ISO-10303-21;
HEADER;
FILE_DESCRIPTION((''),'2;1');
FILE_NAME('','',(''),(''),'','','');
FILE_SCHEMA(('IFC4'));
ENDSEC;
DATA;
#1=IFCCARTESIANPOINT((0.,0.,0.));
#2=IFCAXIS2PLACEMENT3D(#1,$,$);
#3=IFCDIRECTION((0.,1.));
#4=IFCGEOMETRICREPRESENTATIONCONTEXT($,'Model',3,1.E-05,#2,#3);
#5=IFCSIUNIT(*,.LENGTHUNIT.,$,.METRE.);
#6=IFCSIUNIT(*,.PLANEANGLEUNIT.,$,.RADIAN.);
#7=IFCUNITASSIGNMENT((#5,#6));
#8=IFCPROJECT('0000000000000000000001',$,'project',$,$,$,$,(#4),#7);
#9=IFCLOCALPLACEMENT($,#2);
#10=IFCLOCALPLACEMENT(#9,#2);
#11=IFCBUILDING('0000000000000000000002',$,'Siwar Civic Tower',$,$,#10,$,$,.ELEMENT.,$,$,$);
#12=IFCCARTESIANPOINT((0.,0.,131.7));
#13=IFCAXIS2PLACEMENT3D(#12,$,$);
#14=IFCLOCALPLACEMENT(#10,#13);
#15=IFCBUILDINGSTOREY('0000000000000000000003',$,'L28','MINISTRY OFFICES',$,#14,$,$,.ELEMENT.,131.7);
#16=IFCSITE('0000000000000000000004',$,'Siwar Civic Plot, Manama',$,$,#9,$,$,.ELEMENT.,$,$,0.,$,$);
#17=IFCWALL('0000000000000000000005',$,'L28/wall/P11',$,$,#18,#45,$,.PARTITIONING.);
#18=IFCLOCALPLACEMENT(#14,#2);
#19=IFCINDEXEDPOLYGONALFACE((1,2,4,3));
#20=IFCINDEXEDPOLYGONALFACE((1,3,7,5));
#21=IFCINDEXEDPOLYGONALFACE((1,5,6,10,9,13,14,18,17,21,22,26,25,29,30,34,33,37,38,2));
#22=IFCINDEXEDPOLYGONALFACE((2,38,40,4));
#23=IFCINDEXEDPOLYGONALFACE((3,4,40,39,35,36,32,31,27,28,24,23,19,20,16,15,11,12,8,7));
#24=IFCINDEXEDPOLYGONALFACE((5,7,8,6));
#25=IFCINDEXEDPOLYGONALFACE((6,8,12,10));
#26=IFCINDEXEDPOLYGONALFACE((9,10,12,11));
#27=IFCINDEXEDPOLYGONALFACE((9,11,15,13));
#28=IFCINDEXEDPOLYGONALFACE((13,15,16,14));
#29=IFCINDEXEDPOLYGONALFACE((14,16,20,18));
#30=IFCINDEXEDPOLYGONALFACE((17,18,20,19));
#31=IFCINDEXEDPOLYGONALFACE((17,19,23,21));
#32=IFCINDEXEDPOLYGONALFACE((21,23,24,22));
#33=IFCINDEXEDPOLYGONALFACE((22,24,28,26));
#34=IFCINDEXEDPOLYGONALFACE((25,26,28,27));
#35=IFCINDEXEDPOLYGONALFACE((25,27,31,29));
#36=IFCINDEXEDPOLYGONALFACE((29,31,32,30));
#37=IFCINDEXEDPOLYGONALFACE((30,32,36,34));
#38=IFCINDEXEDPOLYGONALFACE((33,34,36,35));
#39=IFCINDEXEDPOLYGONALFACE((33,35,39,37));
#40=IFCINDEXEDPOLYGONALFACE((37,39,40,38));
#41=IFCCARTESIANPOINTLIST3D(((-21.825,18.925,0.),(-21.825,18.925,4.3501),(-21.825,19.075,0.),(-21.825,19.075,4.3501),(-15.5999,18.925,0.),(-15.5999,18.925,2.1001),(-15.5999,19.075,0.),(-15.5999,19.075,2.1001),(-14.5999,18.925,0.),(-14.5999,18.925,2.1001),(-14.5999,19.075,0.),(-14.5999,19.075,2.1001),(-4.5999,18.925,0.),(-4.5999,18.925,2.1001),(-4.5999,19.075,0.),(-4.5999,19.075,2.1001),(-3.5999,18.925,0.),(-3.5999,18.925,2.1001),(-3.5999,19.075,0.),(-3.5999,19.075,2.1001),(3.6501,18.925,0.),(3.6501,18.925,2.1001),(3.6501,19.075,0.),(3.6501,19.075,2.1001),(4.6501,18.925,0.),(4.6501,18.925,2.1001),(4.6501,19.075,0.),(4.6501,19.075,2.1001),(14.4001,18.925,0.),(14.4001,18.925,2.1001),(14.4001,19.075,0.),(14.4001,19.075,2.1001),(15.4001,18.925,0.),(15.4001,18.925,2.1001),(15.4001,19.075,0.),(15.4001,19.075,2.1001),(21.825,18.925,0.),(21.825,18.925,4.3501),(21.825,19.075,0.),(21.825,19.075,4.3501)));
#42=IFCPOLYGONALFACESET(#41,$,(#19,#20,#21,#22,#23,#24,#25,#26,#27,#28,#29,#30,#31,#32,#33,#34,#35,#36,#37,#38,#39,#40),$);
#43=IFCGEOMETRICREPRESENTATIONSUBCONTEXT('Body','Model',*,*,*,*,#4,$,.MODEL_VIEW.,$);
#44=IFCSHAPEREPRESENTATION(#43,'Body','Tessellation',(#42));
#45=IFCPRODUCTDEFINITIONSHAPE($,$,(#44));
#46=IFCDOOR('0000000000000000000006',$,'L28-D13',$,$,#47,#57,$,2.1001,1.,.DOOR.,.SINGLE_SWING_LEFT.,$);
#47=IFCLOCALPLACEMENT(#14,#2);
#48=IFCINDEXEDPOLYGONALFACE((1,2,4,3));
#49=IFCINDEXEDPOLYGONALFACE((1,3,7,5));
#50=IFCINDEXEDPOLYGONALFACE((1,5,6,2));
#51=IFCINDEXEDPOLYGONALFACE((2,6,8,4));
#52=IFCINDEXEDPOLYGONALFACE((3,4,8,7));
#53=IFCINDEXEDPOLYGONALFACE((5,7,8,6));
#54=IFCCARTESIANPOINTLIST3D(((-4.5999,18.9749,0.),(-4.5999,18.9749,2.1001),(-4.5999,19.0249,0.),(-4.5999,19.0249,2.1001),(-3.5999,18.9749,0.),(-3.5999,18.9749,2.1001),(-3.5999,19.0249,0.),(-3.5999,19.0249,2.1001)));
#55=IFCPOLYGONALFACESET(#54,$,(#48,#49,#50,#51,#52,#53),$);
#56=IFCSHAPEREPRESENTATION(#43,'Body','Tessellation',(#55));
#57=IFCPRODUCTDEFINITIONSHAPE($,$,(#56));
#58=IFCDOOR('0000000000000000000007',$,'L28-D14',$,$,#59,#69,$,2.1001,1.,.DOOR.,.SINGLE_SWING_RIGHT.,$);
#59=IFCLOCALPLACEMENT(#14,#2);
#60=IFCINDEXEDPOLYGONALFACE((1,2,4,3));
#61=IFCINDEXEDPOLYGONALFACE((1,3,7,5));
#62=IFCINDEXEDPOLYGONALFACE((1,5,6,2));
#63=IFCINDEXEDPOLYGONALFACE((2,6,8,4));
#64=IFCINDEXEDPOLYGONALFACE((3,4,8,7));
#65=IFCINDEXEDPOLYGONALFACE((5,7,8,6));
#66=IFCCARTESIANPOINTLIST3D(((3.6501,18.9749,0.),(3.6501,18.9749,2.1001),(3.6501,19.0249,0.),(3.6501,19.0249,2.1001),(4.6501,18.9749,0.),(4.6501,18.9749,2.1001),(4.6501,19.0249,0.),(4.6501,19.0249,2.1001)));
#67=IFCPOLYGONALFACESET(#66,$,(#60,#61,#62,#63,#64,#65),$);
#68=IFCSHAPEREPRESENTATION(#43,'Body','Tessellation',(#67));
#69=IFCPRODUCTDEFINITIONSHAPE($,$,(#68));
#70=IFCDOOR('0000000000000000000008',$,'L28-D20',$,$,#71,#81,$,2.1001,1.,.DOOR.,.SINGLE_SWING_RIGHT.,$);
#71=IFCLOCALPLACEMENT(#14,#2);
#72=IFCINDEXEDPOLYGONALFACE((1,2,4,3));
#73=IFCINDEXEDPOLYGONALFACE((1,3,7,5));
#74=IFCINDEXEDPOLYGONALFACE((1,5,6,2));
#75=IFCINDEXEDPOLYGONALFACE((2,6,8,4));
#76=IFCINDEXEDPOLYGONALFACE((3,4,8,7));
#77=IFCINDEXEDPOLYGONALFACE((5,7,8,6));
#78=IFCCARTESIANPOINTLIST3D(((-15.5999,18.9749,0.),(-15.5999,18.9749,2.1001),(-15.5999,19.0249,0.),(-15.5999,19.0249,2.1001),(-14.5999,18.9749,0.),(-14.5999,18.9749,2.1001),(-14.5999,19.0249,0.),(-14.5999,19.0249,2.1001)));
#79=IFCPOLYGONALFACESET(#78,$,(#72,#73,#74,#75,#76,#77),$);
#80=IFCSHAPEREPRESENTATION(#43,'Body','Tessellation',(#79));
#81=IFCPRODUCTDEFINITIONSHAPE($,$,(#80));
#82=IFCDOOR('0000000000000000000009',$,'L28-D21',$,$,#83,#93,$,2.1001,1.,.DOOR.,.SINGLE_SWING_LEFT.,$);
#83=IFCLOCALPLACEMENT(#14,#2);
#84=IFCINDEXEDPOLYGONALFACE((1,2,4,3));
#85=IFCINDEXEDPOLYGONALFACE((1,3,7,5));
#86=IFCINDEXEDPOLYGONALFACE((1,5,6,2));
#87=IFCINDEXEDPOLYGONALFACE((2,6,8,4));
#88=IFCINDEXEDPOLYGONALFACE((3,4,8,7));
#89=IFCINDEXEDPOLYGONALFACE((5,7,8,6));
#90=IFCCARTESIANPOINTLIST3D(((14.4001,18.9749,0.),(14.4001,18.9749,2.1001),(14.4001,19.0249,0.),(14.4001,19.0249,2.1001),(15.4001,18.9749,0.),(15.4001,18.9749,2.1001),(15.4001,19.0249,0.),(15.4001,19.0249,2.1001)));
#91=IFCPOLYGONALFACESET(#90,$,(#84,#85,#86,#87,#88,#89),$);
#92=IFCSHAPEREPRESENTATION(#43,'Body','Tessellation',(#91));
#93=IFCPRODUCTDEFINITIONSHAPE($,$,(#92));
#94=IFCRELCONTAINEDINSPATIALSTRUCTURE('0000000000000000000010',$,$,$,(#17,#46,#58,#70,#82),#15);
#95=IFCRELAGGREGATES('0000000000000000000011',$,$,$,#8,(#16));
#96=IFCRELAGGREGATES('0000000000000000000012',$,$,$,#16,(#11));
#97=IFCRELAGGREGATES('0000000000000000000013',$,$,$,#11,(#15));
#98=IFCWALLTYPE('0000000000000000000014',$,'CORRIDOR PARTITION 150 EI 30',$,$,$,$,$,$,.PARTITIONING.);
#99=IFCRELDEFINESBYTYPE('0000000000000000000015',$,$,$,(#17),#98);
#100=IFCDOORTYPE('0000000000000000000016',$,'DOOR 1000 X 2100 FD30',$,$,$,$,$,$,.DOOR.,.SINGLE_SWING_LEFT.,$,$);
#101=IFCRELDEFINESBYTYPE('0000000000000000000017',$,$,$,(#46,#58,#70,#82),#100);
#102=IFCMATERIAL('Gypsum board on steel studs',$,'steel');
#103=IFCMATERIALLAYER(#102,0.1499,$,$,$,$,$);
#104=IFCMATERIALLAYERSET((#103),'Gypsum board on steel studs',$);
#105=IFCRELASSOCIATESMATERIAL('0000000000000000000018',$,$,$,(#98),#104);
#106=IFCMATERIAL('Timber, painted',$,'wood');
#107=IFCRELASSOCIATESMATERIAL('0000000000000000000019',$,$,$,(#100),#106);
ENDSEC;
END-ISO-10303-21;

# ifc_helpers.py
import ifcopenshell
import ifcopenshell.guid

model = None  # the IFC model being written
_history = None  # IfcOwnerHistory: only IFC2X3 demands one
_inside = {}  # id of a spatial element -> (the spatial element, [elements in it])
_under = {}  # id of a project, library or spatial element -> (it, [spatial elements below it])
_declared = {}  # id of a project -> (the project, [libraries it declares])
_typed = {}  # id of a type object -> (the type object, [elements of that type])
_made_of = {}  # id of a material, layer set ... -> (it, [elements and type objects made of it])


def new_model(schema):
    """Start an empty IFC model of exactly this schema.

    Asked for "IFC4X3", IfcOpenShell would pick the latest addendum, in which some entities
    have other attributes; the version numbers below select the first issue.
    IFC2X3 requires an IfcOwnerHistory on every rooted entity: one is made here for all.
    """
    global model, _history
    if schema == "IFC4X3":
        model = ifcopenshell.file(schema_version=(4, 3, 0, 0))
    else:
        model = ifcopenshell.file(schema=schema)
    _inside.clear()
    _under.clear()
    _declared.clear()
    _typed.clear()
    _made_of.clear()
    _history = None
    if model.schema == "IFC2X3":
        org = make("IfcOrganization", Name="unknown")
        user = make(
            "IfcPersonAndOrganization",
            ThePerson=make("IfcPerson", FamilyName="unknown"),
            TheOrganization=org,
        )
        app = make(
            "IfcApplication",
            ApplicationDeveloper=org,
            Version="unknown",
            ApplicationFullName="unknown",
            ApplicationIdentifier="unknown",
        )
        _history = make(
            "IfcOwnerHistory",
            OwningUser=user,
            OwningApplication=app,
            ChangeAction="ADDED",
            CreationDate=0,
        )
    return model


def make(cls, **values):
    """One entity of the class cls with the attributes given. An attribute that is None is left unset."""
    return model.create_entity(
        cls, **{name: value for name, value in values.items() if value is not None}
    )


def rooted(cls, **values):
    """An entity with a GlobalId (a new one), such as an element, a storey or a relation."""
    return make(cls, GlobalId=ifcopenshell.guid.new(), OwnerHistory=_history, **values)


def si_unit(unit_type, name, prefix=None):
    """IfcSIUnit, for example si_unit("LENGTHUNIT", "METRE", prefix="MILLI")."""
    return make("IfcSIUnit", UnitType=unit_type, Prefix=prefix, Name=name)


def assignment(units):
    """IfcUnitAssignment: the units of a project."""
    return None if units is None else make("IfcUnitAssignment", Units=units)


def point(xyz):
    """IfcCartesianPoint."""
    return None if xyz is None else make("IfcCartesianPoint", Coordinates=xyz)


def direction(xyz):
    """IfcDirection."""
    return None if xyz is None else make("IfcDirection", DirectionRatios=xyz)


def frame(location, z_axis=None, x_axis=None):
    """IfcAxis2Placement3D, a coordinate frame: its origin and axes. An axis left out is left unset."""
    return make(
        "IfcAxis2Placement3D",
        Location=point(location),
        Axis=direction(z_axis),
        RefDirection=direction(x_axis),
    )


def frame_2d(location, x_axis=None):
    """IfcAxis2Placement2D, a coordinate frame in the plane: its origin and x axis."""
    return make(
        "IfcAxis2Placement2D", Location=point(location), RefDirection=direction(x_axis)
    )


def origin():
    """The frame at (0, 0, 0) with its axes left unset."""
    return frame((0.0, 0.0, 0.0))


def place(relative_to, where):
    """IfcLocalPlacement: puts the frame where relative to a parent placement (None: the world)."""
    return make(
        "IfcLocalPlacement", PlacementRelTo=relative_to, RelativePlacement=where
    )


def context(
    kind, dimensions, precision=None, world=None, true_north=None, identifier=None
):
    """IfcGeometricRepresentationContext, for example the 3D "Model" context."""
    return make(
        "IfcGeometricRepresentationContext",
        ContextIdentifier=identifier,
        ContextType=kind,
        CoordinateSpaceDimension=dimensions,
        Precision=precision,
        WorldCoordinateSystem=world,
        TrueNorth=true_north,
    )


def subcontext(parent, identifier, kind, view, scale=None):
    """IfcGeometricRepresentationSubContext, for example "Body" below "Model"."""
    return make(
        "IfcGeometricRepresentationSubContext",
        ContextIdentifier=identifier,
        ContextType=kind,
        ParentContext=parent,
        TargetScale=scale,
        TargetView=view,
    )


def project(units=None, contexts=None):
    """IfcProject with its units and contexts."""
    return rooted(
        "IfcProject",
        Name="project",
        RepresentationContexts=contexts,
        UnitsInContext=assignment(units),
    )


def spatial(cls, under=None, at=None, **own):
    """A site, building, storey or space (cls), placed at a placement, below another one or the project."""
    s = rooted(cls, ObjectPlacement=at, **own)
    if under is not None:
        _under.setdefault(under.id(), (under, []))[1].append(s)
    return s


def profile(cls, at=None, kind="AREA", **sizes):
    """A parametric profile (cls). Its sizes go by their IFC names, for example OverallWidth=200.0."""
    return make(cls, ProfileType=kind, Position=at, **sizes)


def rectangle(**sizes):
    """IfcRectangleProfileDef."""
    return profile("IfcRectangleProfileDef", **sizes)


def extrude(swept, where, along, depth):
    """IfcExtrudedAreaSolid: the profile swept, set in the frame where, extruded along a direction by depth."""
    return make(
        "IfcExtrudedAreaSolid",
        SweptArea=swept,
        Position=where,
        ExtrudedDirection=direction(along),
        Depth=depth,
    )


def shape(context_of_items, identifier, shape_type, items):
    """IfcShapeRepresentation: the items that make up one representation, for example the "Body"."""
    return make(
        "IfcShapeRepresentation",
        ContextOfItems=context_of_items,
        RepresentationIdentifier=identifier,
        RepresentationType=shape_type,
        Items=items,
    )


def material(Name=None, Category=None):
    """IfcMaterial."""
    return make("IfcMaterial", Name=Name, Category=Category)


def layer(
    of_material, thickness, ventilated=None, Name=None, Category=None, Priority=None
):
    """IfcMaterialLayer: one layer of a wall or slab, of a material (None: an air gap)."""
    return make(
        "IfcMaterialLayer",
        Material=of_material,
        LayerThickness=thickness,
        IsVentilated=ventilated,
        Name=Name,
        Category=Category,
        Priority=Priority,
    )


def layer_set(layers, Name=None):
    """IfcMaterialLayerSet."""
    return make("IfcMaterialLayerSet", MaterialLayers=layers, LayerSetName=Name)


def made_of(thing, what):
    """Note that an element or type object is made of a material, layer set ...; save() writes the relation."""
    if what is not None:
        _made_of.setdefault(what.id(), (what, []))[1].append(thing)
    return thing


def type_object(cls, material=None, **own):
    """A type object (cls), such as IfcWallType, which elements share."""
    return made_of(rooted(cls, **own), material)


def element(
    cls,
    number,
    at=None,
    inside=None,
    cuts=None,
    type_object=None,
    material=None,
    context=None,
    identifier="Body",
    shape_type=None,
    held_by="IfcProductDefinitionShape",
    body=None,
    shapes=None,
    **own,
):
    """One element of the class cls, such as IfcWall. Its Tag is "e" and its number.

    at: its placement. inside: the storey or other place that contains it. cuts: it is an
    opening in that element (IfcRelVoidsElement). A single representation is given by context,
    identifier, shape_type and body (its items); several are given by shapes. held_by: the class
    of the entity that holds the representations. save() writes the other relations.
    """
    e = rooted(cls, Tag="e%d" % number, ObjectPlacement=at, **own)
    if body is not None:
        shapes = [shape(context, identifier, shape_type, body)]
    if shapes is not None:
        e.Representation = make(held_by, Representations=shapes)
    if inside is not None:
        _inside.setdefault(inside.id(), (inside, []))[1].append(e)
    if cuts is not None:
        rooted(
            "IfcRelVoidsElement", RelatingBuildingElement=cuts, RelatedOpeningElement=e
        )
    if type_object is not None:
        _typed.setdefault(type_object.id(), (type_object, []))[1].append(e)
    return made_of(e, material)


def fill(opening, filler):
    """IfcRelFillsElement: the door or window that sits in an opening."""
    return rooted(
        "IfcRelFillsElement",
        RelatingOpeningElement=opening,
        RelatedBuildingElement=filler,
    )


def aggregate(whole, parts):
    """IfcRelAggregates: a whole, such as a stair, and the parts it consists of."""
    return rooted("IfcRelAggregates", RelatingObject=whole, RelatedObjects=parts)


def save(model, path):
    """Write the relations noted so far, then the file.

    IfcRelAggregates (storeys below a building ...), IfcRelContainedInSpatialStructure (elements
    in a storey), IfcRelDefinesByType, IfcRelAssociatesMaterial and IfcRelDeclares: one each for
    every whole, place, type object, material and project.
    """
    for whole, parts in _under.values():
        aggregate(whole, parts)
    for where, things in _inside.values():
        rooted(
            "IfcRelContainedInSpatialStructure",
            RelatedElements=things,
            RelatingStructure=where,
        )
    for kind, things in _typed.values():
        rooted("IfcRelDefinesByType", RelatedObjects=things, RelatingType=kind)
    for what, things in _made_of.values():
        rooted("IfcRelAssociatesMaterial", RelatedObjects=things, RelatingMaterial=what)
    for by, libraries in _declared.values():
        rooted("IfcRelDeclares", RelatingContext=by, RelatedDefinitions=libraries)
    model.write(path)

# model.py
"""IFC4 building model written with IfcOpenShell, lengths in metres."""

from ifc_helpers import new_model, si_unit, direction, frame, frame_2d, origin, place, context, subcontext, project, spatial, rectangle, extrude, material, layer, layer_set, type_object, element, fill, save


model = new_model("IFC4")

# Units and contexts
model_context = context("Model", 3, precision=1e-05, world=origin(), true_north=direction((0.0, 1.0)))
body_context = subcontext(model_context, "Body", "Model", "MODEL_VIEW")
ifc_project = project(units=[si_unit("LENGTHUNIT", "METRE"), si_unit("PLANEANGLEUNIT", "RADIAN")], contexts=[model_context])

# Site, building, storey
site_placement = place(None, origin())
site = spatial("IfcSite", under=ifc_project, at=site_placement, Name="Siwar Civic Plot, Manama", CompositionType="ELEMENT", RefElevation=0.0)
building_placement = place(site_placement, origin())
building = spatial("IfcBuilding", under=site, at=building_placement, Name="Siwar Civic Tower", CompositionType="ELEMENT")
storey_placement = place(building_placement, frame((0.0, 0.0, 131.7)))
storey = spatial("IfcBuildingStorey", under=building, at=storey_placement, Name="L28", Description="MINISTRY OFFICES", CompositionType="ELEMENT", Elevation=131.7)

# Wall, openings, doors
ifc_material_1 = material(Name="Gypsum board on steel studs", Category="steel")
ifc_layer_1 = layer(ifc_material_1, 0.1499)
ifc_layer_set_1 = layer_set([ifc_layer_1], Name="Gypsum board on steel studs")
wall_type_1 = type_object("IfcWallType", Name="CORRIDOR PARTITION 150 EI 30", PredefinedType="PARTITIONING", material=ifc_layer_set_1)
wall_1_placement = place(storey_placement, frame((-21.825, 19.0, 0.0), z_axis=(0.0, 0.0, 1.0), x_axis=(1.0, 0.0, 0.0)))
wall_1 = element("IfcWall", 1, at=wall_1_placement, inside=storey, type_object=wall_type_1, Name="L28/wall/P11", PredefinedType="PARTITIONING", context=body_context, shape_type="SweptSolid", body=[
    extrude(rectangle(XDim=43.6499, YDim=0.1499, at=frame_2d((21.825, 0.0))), origin(), (0.0, 0.0, 1.0), 4.3501),
])
opening_1_placement = place(wall_1_placement, frame((17.2251, 0.0, 0.0)))
opening_1 = element("IfcOpeningElement", 2, at=opening_1_placement, cuts=wall_1, PredefinedType="OPENING", context=body_context, shape_type="SweptSolid", body=[
    extrude(rectangle(XDim=1.0, YDim=2.1001, at=frame_2d((0.5, 1.05))), frame((0.0, 0.085, 0.0), z_axis=(0.0, -1.0, 0.0), x_axis=(1.0, 0.0, 0.0)), (0.0, 0.0, 1.0), 0.1699),
])
opening_2_placement = place(wall_1_placement, frame((25.4751, 0.0, 0.0)))
opening_2 = element("IfcOpeningElement", 3, at=opening_2_placement, cuts=wall_1, PredefinedType="OPENING", context=body_context, shape_type="SweptSolid", body=[
    extrude(rectangle(XDim=1.0, YDim=2.1001, at=frame_2d((0.5, 1.05))), frame((0.0, 0.085, 0.0), z_axis=(0.0, -1.0, 0.0), x_axis=(1.0, 0.0, 0.0)), (0.0, 0.0, 1.0), 0.1699),
])
opening_3_placement = place(wall_1_placement, frame((6.2251, 0.0, 0.0)))
opening_3 = element("IfcOpeningElement", 4, at=opening_3_placement, cuts=wall_1, PredefinedType="OPENING", context=body_context, shape_type="SweptSolid", body=[
    extrude(rectangle(XDim=1.0, YDim=2.1001, at=frame_2d((0.5, 1.05))), frame((0.0, 0.085, 0.0), z_axis=(0.0, -1.0, 0.0), x_axis=(1.0, 0.0, 0.0)), (0.0, 0.0, 1.0), 0.1699),
])
opening_4_placement = place(wall_1_placement, frame((36.2251, 0.0, 0.0)))
opening_4 = element("IfcOpeningElement", 5, at=opening_4_placement, cuts=wall_1, PredefinedType="OPENING", context=body_context, shape_type="SweptSolid", body=[
    extrude(rectangle(XDim=1.0, YDim=2.1001, at=frame_2d((0.5, 1.05))), frame((0.0, 0.085, 0.0), z_axis=(0.0, -1.0, 0.0), x_axis=(1.0, 0.0, 0.0)), (0.0, 0.0, 1.0), 0.1699),
])
ifc_material_2 = material(Name="Timber, painted", Category="wood")
door_type = type_object("IfcDoorType", Name="DOOR 1000 X 2100 FD30", OperationType="SINGLE_SWING_LEFT", PredefinedType="DOOR", material=ifc_material_2)
door_1_placement = place(opening_1_placement, origin())
door_1 = element("IfcDoor", 6, at=door_1_placement, inside=storey, type_object=door_type, Name="L28-D13", OperationType="SINGLE_SWING_LEFT", OverallHeight=2.1001, OverallWidth=1.0, PredefinedType="DOOR", context=body_context, shape_type="SweptSolid", body=[
    extrude(rectangle(XDim=1.0, YDim=2.1001, at=frame_2d((0.5, 1.05))), frame((0.0, 0.0249, 0.0), z_axis=(0.0, -1.0, 0.0), x_axis=(1.0, 0.0, 0.0)), (0.0, 0.0, 1.0), 0.05),
])
fill(opening_1, door_1)
door_2_placement = place(opening_2_placement, origin())
door_2 = element("IfcDoor", 7, at=door_2_placement, inside=storey, type_object=door_type, Name="L28-D14", OperationType="SINGLE_SWING_RIGHT", OverallHeight=2.1001, OverallWidth=1.0, PredefinedType="DOOR", context=body_context, shape_type="SweptSolid", body=[
    extrude(rectangle(XDim=1.0, YDim=2.1001, at=frame_2d((0.5, 1.05))), frame((0.0, 0.0249, 0.0), z_axis=(0.0, -1.0, 0.0), x_axis=(1.0, 0.0, 0.0)), (0.0, 0.0, 1.0), 0.05),
])
fill(opening_2, door_2)
door_3_placement = place(opening_3_placement, origin())
door_3 = element("IfcDoor", 8, at=door_3_placement, inside=storey, type_object=door_type, Name="L28-D20", OperationType="SINGLE_SWING_RIGHT", OverallHeight=2.1001, OverallWidth=1.0, PredefinedType="DOOR", context=body_context, shape_type="SweptSolid", body=[
    extrude(rectangle(XDim=1.0, YDim=2.1001, at=frame_2d((0.5, 1.05))), frame((0.0, 0.0249, 0.0), z_axis=(0.0, -1.0, 0.0), x_axis=(1.0, 0.0, 0.0)), (0.0, 0.0, 1.0), 0.05),
])
fill(opening_3, door_3)
door_4_placement = place(opening_4_placement, origin())
door_4 = element("IfcDoor", 9, at=door_4_placement, inside=storey, type_object=door_type, Name="L28-D21", OperationType="SINGLE_SWING_LEFT", OverallHeight=2.1001, OverallWidth=1.0, PredefinedType="DOOR", context=body_context, shape_type="SweptSolid", body=[
    extrude(rectangle(XDim=1.0, YDim=2.1001, at=frame_2d((0.5, 1.05))), frame((0.0, 0.0249, 0.0), z_axis=(0.0, -1.0, 0.0), x_axis=(1.0, 0.0, 0.0)), (0.0, 0.0, 1.0), 0.05),
])
fill(opening_4, door_4)

save(model, "model.ifc")
